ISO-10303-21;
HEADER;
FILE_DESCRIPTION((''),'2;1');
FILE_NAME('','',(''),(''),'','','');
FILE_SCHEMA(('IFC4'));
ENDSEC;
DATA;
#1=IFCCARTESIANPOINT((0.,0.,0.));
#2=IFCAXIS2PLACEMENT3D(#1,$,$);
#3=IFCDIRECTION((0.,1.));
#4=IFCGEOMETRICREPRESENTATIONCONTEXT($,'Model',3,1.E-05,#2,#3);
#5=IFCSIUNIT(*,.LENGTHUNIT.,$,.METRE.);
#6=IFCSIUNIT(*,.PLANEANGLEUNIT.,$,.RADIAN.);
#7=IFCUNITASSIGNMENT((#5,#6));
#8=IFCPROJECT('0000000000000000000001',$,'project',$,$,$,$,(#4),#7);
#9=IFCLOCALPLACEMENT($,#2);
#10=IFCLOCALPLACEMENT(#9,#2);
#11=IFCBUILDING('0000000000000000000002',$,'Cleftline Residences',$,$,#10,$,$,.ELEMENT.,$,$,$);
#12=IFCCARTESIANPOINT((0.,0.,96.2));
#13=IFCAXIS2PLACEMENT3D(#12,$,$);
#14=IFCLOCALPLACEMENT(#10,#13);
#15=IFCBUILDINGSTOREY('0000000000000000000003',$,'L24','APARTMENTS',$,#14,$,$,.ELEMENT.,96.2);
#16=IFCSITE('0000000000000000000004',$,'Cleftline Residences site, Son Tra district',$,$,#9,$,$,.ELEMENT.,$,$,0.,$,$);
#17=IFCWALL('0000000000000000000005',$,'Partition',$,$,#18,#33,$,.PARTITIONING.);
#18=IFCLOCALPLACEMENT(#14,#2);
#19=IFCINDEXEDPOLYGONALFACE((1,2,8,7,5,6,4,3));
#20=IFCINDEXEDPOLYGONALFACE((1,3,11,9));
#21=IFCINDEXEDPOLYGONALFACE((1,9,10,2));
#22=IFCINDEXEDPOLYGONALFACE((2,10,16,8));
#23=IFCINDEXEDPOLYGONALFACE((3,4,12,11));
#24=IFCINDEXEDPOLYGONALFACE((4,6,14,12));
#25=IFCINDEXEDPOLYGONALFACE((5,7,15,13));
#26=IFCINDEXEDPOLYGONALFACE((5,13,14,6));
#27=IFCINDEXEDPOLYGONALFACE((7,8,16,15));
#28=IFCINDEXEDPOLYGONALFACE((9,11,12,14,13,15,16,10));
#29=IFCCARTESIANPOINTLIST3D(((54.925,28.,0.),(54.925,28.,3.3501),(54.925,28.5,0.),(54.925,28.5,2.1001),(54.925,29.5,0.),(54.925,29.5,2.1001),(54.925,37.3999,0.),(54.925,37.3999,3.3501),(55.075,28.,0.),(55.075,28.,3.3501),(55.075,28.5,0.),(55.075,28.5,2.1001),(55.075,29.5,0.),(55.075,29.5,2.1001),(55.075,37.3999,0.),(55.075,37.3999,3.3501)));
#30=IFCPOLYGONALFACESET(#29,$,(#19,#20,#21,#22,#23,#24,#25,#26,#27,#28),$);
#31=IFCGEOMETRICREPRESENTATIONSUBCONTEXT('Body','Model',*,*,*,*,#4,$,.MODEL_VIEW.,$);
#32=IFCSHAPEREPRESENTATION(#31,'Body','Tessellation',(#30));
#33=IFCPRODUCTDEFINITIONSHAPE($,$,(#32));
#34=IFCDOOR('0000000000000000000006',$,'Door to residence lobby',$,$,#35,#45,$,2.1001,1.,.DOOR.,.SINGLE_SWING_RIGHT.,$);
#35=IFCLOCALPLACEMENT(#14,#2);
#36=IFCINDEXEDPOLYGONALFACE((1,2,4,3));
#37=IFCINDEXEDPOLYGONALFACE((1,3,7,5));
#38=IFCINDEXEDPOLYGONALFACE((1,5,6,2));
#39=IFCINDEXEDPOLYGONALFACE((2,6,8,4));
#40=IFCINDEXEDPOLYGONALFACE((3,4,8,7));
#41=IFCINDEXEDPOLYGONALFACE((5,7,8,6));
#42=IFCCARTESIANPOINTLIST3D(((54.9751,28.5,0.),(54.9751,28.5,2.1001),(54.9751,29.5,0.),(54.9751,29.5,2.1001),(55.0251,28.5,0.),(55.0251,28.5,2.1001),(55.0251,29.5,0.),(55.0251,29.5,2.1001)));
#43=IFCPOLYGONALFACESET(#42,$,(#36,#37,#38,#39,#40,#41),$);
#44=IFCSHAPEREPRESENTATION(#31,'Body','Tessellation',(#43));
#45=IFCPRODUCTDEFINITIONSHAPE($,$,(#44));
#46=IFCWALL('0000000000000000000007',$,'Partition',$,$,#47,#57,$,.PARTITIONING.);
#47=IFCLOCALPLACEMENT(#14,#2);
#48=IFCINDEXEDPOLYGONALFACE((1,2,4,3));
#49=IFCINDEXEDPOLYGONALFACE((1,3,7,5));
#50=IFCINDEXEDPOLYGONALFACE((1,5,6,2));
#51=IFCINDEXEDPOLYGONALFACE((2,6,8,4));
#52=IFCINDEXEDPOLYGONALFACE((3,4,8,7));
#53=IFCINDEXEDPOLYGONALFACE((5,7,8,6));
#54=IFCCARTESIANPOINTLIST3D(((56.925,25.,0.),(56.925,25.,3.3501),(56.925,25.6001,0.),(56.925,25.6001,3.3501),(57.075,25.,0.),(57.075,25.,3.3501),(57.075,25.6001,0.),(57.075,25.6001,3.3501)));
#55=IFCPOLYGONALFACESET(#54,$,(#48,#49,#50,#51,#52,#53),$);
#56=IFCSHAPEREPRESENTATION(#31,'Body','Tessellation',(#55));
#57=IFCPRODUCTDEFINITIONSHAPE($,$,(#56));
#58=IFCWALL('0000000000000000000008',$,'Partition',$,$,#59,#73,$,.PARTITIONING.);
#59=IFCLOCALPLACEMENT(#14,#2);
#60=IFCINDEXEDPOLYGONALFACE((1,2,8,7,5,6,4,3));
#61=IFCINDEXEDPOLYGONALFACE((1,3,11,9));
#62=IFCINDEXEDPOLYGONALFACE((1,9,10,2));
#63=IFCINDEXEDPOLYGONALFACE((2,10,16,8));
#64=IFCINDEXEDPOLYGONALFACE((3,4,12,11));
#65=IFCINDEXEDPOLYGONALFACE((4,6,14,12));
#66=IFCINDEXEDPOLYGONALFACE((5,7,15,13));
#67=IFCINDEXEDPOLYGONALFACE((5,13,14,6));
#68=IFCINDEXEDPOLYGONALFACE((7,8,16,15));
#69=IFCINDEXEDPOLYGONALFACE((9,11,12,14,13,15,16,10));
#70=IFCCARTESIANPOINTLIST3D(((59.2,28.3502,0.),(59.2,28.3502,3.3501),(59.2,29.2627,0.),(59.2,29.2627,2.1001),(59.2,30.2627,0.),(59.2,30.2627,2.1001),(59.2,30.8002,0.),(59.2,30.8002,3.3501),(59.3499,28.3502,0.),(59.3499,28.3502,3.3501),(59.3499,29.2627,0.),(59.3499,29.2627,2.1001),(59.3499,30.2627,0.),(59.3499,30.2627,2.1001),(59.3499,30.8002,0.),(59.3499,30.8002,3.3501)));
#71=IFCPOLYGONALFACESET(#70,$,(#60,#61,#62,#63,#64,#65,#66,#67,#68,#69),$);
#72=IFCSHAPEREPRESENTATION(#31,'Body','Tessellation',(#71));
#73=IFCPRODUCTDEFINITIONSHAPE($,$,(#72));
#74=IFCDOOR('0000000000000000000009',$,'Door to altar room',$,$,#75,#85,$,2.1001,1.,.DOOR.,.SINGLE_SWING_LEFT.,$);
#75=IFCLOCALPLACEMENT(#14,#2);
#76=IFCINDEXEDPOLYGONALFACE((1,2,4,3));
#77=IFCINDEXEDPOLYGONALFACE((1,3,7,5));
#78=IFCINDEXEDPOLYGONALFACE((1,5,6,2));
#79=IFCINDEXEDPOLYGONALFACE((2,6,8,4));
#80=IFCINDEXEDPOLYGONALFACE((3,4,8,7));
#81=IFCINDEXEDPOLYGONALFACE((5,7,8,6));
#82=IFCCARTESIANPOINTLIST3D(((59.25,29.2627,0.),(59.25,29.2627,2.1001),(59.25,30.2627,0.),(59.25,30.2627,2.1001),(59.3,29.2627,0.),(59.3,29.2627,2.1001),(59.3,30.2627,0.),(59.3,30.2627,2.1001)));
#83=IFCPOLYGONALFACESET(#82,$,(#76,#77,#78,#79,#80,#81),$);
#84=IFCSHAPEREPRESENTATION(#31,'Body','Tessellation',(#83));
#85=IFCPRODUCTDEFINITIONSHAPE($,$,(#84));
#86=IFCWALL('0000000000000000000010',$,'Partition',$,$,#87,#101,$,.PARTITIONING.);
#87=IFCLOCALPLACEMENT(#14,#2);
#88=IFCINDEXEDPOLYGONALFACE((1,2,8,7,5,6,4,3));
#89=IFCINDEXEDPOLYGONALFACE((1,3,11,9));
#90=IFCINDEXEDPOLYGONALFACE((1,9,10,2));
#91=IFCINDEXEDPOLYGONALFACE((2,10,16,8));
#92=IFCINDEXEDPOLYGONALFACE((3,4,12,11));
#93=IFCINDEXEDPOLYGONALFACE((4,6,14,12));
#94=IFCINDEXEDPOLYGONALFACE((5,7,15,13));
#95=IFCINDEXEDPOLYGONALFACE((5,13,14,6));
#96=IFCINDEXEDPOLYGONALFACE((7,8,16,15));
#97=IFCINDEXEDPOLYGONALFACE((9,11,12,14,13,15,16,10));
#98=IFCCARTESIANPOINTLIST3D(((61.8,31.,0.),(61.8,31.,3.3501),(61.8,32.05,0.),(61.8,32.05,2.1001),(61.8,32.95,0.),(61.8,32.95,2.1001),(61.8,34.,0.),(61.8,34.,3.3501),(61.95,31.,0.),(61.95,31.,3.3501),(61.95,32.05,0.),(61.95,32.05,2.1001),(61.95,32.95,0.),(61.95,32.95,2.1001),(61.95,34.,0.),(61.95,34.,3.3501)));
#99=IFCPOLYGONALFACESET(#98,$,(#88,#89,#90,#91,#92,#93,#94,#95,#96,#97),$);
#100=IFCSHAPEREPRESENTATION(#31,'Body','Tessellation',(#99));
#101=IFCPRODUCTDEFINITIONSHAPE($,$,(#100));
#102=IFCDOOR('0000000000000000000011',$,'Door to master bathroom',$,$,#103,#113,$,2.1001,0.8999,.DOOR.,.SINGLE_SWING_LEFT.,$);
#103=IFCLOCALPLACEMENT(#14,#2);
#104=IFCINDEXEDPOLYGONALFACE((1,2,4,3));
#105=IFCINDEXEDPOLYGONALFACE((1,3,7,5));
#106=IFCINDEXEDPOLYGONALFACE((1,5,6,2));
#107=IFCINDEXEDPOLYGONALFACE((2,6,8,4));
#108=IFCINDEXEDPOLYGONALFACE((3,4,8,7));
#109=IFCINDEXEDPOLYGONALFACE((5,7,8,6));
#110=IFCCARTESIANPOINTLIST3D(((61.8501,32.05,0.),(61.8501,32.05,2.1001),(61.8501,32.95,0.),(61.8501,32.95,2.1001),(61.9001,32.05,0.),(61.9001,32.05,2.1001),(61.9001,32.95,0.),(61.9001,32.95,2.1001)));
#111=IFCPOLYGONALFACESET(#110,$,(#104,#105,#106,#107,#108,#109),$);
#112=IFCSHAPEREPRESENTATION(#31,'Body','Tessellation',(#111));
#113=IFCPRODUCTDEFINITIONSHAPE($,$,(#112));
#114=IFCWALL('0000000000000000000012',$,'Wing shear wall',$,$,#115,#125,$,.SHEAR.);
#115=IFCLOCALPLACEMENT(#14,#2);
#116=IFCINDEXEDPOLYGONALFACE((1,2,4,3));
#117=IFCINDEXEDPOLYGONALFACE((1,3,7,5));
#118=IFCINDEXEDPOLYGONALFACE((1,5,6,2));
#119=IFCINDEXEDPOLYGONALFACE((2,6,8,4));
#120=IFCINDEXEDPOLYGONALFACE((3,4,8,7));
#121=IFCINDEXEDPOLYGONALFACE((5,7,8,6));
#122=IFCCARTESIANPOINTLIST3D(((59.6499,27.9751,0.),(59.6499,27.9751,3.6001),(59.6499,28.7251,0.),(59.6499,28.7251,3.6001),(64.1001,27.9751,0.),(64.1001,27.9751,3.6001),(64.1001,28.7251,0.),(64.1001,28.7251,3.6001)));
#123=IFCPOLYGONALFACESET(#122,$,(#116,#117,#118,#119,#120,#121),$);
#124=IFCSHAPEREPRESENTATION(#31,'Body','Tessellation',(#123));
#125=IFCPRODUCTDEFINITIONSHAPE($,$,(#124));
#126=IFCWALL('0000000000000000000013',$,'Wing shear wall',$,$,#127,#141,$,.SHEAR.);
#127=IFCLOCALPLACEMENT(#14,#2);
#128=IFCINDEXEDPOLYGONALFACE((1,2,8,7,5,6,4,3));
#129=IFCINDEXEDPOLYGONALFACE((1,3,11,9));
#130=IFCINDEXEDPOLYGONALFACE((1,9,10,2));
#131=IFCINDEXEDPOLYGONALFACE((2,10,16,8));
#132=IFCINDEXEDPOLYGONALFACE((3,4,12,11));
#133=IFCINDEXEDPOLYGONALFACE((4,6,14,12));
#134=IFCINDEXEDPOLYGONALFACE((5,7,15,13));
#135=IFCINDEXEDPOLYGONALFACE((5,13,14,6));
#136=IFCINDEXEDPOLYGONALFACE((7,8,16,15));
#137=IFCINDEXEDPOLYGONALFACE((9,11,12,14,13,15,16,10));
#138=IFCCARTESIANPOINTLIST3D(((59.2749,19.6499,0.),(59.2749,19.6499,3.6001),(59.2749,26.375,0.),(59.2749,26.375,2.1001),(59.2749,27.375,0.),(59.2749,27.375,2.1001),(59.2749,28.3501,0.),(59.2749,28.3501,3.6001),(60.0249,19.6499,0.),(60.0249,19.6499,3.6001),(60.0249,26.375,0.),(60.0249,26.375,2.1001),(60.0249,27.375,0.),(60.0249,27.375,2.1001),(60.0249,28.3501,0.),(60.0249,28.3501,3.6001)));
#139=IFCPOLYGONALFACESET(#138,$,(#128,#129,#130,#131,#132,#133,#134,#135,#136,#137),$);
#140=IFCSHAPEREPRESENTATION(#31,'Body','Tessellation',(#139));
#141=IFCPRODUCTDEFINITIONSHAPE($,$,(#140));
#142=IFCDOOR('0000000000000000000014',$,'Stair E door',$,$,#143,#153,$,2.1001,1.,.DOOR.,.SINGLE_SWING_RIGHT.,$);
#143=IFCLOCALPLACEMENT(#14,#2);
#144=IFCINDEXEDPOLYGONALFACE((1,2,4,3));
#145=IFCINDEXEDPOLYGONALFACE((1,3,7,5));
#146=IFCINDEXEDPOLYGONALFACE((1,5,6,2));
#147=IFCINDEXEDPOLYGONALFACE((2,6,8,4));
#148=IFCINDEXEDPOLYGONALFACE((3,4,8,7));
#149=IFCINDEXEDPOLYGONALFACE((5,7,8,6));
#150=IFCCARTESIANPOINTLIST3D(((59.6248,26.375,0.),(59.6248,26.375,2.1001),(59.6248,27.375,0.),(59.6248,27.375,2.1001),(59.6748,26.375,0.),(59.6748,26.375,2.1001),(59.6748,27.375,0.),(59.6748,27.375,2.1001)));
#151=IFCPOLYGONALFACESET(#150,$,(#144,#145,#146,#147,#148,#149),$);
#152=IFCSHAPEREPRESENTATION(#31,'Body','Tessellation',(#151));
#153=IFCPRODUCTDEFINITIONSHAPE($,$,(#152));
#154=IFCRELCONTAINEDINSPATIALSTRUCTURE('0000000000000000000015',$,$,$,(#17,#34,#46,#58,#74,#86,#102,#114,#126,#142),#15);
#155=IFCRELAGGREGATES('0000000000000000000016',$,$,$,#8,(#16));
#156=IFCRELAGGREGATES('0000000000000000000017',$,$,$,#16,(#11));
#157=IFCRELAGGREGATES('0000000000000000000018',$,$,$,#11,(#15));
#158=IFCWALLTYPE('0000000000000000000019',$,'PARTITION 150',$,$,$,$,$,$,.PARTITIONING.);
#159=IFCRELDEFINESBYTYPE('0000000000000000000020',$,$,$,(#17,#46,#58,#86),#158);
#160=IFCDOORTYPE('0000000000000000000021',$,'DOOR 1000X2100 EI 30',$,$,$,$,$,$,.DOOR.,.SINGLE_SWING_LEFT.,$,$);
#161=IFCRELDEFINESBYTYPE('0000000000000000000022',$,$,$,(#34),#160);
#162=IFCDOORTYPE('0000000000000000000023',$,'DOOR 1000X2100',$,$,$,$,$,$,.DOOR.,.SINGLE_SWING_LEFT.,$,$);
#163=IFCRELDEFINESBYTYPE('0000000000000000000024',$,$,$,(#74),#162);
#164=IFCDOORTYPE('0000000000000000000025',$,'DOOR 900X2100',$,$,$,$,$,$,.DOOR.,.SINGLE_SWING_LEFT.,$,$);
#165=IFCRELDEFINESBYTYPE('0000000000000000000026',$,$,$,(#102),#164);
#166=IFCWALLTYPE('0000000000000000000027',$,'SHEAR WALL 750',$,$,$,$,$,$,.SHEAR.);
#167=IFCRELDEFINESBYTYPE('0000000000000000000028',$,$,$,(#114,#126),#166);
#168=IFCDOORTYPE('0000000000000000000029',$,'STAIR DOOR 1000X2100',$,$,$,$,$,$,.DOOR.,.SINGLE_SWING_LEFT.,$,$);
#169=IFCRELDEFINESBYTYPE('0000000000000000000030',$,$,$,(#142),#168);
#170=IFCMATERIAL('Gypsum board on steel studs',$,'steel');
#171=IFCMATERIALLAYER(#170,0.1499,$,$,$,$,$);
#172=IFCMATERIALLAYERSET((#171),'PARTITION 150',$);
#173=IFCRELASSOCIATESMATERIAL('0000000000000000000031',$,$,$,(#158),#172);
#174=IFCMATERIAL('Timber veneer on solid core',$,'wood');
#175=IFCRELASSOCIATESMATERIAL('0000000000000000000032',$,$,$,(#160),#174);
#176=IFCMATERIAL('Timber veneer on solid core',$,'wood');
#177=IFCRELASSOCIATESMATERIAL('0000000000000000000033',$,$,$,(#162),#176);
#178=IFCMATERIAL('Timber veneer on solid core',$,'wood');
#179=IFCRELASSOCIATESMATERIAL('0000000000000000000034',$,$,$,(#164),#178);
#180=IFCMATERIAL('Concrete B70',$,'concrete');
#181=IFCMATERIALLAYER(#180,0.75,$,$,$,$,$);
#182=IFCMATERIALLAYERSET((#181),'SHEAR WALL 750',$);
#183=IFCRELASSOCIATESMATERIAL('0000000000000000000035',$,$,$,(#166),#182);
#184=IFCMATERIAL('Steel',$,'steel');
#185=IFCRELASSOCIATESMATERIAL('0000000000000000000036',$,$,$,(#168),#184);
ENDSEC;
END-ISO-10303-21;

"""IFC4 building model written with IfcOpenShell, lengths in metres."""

from ifc_helpers import new_model, si_unit, direction, frame, frame_2d, origin, place, context, subcontext, project, spatial, rectangle, extrude, material, layer, layer_set, type_object, element, fill, save


model = new_model("IFC4")

# Units and contexts
model_context = context("Model", 3, precision=1e-05, world=origin(), true_north=direction((0.0, 1.0)))
body_context = subcontext(model_context, "Body", "Model", "MODEL_VIEW")
ifc_project = project(units=[si_unit("LENGTHUNIT", "METRE"), si_unit("PLANEANGLEUNIT", "RADIAN")], contexts=[model_context])

# Site, building, storey
site_placement = place(None, origin())
site = spatial("IfcSite", under=ifc_project, at=site_placement, Name="Cleftline Residences site, Son Tra district", CompositionType="ELEMENT", RefElevation=0.0)
building_placement = place(site_placement, origin())
building = spatial("IfcBuilding", under=site, at=building_placement, Name="Cleftline Residences", CompositionType="ELEMENT")
storey_placement = place(building_placement, frame((0.0, 0.0, 96.2)))
storey = spatial("IfcBuildingStorey", under=building, at=storey_placement, Name="L24", Description="APARTMENTS", CompositionType="ELEMENT", Elevation=96.2)

# Shared definitions
ifc_material_1 = material(Name="Gypsum board on steel studs", Category="steel")
ifc_layer_1 = layer(ifc_material_1, 0.1499)
ifc_layer_set_1 = layer_set([ifc_layer_1], Name="PARTITION 150")
wall_type_1 = type_object("IfcWallType", Name="PARTITION 150", PredefinedType="PARTITIONING", material=ifc_layer_set_1)

# Wall, opening, door
wall_1_placement = place(storey_placement, frame((55.0, 28.0, 0.0), z_axis=(0.0, 0.0, 1.0), x_axis=(0.0, 1.0, 0.0)))
wall_1 = element("IfcWall", 1, at=wall_1_placement, inside=storey, type_object=wall_type_1, Name="Partition", PredefinedType="PARTITIONING", context=body_context, shape_type="SweptSolid", body=[
    extrude(rectangle(XDim=9.3999, YDim=0.1499, at=frame_2d((4.7, 0.0))), origin(), (0.0, 0.0, 1.0), 3.3501),
])
opening_1_placement = place(wall_1_placement, frame((0.5, 0.0, 0.0)))
opening_1 = element("IfcOpeningElement", 2, at=opening_1_placement, cuts=wall_1, PredefinedType="OPENING", context=body_context, shape_type="SweptSolid", body=[
    extrude(rectangle(XDim=1.0, YDim=2.1001, at=frame_2d((0.5, 1.05))), frame((0.0, 0.085, 0.0), z_axis=(0.0, -1.0, 0.0), x_axis=(1.0, 0.0, 0.0)), (0.0, 0.0, 1.0), 0.1699),
])
ifc_material_2 = material(Name="Timber veneer on solid core", Category="wood")
door_type_1 = type_object("IfcDoorType", Name="DOOR 1000X2100 EI 30", OperationType="SINGLE_SWING_LEFT", PredefinedType="DOOR", material=ifc_material_2)
door_1_placement = place(opening_1_placement, origin())
door_1 = element("IfcDoor", 3, at=door_1_placement, inside=storey, type_object=door_type_1, Name="Door to residence lobby", OperationType="SINGLE_SWING_RIGHT", OverallHeight=2.1001, OverallWidth=1.0, PredefinedType="DOOR", context=body_context, shape_type="SweptSolid", body=[
    extrude(rectangle(XDim=1.0, YDim=2.1001, at=frame_2d((0.5, 1.05))), frame((0.0, 0.0249, 0.0), z_axis=(0.0, -1.0, 0.0), x_axis=(1.0, 0.0, 0.0)), (0.0, 0.0, 1.0), 0.05),
])
fill(opening_1, door_1)

# Wall
wall_2_placement = place(storey_placement, frame((57.0, 25.0, 0.0), z_axis=(0.0, 0.0, 1.0), x_axis=(0.0, 1.0, 0.0)))
element("IfcWall", 4, at=wall_2_placement, inside=storey, type_object=wall_type_1, Name="Partition", PredefinedType="PARTITIONING", context=body_context, shape_type="SweptSolid", body=[
    extrude(rectangle(XDim=0.6001, YDim=0.1499, at=frame_2d((0.3, 0.0))), origin(), (0.0, 0.0, 1.0), 3.3501),
])

# Walls, openings, doors
wall_3_placement = place(storey_placement, frame((59.2749, 28.3501, 0.0), z_axis=(0.0, 0.0, 1.0), x_axis=(0.0, 1.0, 0.0)))
wall_3 = element("IfcWall", 5, at=wall_3_placement, inside=storey, type_object=wall_type_1, Name="Partition", PredefinedType="PARTITIONING", context=body_context, shape_type="SweptSolid", body=[
    extrude(rectangle(XDim=2.45, YDim=0.1499, at=frame_2d((1.2251, 0.0))), origin(), (0.0, 0.0, 1.0), 3.3501),
])
opening_2_placement = place(wall_3_placement, frame((0.9126, 0.0, 0.0)))
opening_2 = element("IfcOpeningElement", 6, at=opening_2_placement, cuts=wall_3, PredefinedType="OPENING", context=body_context, shape_type="SweptSolid", body=[
    extrude(rectangle(XDim=1.0, YDim=2.1001, at=frame_2d((0.5, 1.05))), frame((0.0, 0.085, 0.0), z_axis=(0.0, -1.0, 0.0), x_axis=(1.0, 0.0, 0.0)), (0.0, 0.0, 1.0), 0.1699),
])
ifc_material_3 = material(Name="Timber veneer on solid core", Category="wood")
door_type_2 = type_object("IfcDoorType", Name="DOOR 1000X2100", OperationType="SINGLE_SWING_LEFT", PredefinedType="DOOR", material=ifc_material_3)
door_2_placement = place(opening_2_placement, origin())
door_2 = element("IfcDoor", 7, at=door_2_placement, inside=storey, type_object=door_type_2, Name="Door to altar room", OperationType="SINGLE_SWING_LEFT", OverallHeight=2.1001, OverallWidth=1.0, PredefinedType="DOOR", context=body_context, shape_type="SweptSolid", body=[
    extrude(rectangle(XDim=1.0, YDim=2.1001, at=frame_2d((0.5, 1.05))), frame((0.0, 0.0249, 0.0), z_axis=(0.0, -1.0, 0.0), x_axis=(1.0, 0.0, 0.0)), (0.0, 0.0, 1.0), 0.05),
])
fill(opening_2, door_2)
wall_4_placement = place(storey_placement, frame((61.875, 31.0, 0.0), z_axis=(0.0, 0.0, 1.0), x_axis=(0.0, 1.0, 0.0)))
wall_4 = element("IfcWall", 8, at=wall_4_placement, inside=storey, type_object=wall_type_1, Name="Partition", PredefinedType="PARTITIONING", context=body_context, shape_type="SweptSolid", body=[
    extrude(rectangle(XDim=3.0, YDim=0.1499, at=frame_2d((1.5, 0.0))), origin(), (0.0, 0.0, 1.0), 3.3501),
])
opening_3_placement = place(wall_4_placement, frame((1.05, 0.0, 0.0)))
opening_3 = element("IfcOpeningElement", 9, at=opening_3_placement, cuts=wall_4, PredefinedType="OPENING", context=body_context, shape_type="SweptSolid", body=[
    extrude(rectangle(XDim=0.8999, YDim=2.1001, at=frame_2d((0.45, 1.05))), frame((0.0, 0.085, 0.0), z_axis=(0.0, -1.0, 0.0), x_axis=(1.0, 0.0, 0.0)), (0.0, 0.0, 1.0), 0.1699),
])
ifc_material_4 = material(Name="Timber veneer on solid core", Category="wood")
door_type_3 = type_object("IfcDoorType", Name="DOOR 900X2100", OperationType="SINGLE_SWING_LEFT", PredefinedType="DOOR", material=ifc_material_4)
door_3_placement = place(opening_3_placement, origin())
door_3 = element("IfcDoor", 10, at=door_3_placement, inside=storey, type_object=door_type_3, Name="Door to master bathroom", OperationType="SINGLE_SWING_LEFT", OverallHeight=2.1001, OverallWidth=0.8999, PredefinedType="DOOR", context=body_context, shape_type="SweptSolid", body=[
    extrude(rectangle(XDim=0.8999, YDim=2.1001, at=frame_2d((0.45, 1.05))), frame((0.0, 0.0249, 0.0), z_axis=(0.0, -1.0, 0.0), x_axis=(1.0, 0.0, 0.0)), (0.0, 0.0, 1.0), 0.05),
])
fill(opening_3, door_3)

# Wall
ifc_material_5 = material(Name="Concrete B70", Category="concrete")
ifc_layer_2 = layer(ifc_material_5, 0.75)
ifc_layer_set_2 = layer_set([ifc_layer_2], Name="SHEAR WALL 750")
wall_type_2 = type_object("IfcWallType", Name="SHEAR WALL 750", PredefinedType="SHEAR", material=ifc_layer_set_2)
wall_5_placement = place(storey_placement, frame((64.1001, 28.3501, 0.0), z_axis=(0.0, 0.0, 1.0), x_axis=(-1.0, 0.0, 0.0)))
element("IfcWall", 11, at=wall_5_placement, inside=storey, type_object=wall_type_2, Name="Wing shear wall", PredefinedType="SHEAR", context=body_context, shape_type="SweptSolid", body=[
    extrude(rectangle(XDim=4.4502, YDim=0.75, at=frame_2d((2.2251, 0.0))), origin(), (0.0, 0.0, 1.0), 3.6001),
])

# Wall, opening, door
wall_6_placement = place(storey_placement, frame((59.6499, 28.3501, 0.0), z_axis=(0.0, 0.0, 1.0), x_axis=(0.0, -1.0, 0.0)))
wall_6 = element("IfcWall", 12, at=wall_6_placement, inside=storey, type_object=wall_type_2, Name="Wing shear wall", PredefinedType="SHEAR", context=body_context, shape_type="SweptSolid", body=[
    extrude(rectangle(XDim=8.7002, YDim=0.75, at=frame_2d((4.3501, 0.0))), origin(), (0.0, 0.0, 1.0), 3.6001),
])
opening_4_placement = place(wall_6_placement, frame((0.9751, 0.0, 0.0)))
opening_4 = element("IfcOpeningElement", 13, at=opening_4_placement, cuts=wall_6, PredefinedType="OPENING", context=body_context, shape_type="SweptSolid", body=[
    extrude(rectangle(XDim=1.0, YDim=2.1001, at=frame_2d((0.5, 1.05))), frame((0.0, 0.385, 0.0), z_axis=(0.0, -1.0, 0.0), x_axis=(1.0, 0.0, 0.0)), (0.0, 0.0, 1.0), 0.77),
])
ifc_material_6 = material(Name="Steel", Category="steel")
door_type_4 = type_object("IfcDoorType", Name="STAIR DOOR 1000X2100", OperationType="SINGLE_SWING_LEFT", PredefinedType="DOOR", material=ifc_material_6)
door_4_placement = place(opening_4_placement, origin())
door_4 = element("IfcDoor", 14, at=door_4_placement, inside=storey, type_object=door_type_4, Name="Stair E door", OperationType="SINGLE_SWING_RIGHT", OverallHeight=2.1001, OverallWidth=1.0, PredefinedType="DOOR", context=body_context, shape_type="SweptSolid", body=[
    extrude(rectangle(XDim=1.0, YDim=2.1001, at=frame_2d((0.5, 1.05))), frame((0.0, 0.0249, 0.0), z_axis=(0.0, -1.0, 0.0), x_axis=(1.0, 0.0, 0.0)), (0.0, 0.0, 1.0), 0.05),
])
fill(opening_4, door_4)

save(model, "model.ifc")
